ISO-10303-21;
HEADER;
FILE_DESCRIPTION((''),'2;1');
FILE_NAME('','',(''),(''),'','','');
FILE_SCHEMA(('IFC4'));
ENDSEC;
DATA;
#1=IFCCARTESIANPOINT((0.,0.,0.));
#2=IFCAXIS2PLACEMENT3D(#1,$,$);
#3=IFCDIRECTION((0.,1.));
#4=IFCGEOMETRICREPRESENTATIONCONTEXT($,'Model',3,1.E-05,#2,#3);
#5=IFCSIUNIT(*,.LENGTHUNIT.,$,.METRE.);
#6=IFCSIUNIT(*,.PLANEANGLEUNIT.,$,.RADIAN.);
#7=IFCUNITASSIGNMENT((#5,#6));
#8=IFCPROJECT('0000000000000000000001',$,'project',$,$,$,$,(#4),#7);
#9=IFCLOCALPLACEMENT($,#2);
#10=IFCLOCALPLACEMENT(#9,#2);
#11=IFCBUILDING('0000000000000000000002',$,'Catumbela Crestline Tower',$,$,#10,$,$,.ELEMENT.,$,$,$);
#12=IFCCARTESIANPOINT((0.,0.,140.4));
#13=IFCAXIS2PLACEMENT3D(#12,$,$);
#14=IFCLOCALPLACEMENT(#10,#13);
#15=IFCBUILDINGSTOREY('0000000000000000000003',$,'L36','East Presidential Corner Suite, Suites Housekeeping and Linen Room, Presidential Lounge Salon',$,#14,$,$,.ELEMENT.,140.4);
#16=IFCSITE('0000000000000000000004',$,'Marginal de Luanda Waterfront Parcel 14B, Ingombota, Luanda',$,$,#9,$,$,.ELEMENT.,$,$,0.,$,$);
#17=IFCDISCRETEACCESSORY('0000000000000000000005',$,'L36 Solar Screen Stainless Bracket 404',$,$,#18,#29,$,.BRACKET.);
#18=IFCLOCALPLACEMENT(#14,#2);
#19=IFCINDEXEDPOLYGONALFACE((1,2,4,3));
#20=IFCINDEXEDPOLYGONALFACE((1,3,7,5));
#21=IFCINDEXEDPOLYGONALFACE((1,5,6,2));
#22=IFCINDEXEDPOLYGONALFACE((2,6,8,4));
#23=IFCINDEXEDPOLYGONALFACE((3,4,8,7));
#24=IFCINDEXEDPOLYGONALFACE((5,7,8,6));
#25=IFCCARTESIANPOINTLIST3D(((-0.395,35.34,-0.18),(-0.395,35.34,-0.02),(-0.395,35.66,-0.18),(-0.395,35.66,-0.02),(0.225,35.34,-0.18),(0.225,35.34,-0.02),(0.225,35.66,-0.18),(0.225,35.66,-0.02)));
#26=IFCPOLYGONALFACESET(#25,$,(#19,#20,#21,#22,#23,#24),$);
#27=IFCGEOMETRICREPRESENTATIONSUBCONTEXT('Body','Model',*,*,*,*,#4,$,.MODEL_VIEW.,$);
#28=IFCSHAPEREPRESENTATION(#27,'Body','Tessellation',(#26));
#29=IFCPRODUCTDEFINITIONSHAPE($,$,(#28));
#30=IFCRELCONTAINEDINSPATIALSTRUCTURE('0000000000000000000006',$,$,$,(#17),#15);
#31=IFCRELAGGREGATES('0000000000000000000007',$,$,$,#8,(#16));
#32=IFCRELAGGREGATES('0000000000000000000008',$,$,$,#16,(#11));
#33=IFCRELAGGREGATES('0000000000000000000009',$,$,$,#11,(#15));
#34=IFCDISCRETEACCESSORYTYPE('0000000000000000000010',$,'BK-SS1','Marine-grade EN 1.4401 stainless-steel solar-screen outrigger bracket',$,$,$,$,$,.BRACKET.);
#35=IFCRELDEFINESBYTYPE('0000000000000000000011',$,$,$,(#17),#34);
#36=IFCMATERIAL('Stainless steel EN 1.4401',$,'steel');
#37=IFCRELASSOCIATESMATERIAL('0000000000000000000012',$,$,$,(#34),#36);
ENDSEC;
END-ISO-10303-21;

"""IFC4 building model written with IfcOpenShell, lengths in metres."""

from ifc_helpers import new_model, si_unit, direction, frame, origin, origin_2d, place, context, subcontext, project, spatial, rectangle, extrude, material, type_object, element, save


model = new_model("IFC4")

# Units and contexts
model_context = context("Model", 3, precision=1e-05, world=origin(), true_north=direction((0.0, 1.0)))
body_context = subcontext(model_context, "Body", "Model", "MODEL_VIEW")
ifc_project = project(units=[si_unit("LENGTHUNIT", "METRE"), si_unit("PLANEANGLEUNIT", "RADIAN")], contexts=[model_context])

# Site, building, storey
site_placement = place(None, origin())
site = spatial("IfcSite", under=ifc_project, at=site_placement, Name="Marginal de Luanda Waterfront Parcel 14B, Ingombota, Luanda", CompositionType="ELEMENT", RefElevation=0.0)
building_placement = place(site_placement, origin())
building = spatial("IfcBuilding", under=site, at=building_placement, Name="Catumbela Crestline Tower", CompositionType="ELEMENT")
storey_placement = place(building_placement, frame((0.0, 0.0, 140.4)))
storey = spatial("IfcBuildingStorey", under=building, at=storey_placement, Name="L36", Description="East Presidential Corner Suite, Suites Housekeeping and Linen Room, Presidential Lounge Salon", CompositionType="ELEMENT", Elevation=140.4)

# Discrete accessory
ifc_material_1 = material(Name="Stainless steel EN 1.4401", Category="steel")
discrete_accessory_type = type_object("IfcDiscreteAccessoryType", Name="BK-SS1", Description="Marine-grade EN 1.4401 stainless-steel solar-screen outrigger bracket", PredefinedType="BRACKET", material=ifc_material_1)
discrete_accessory_placement = place(storey_placement, frame((-0.085, 35.5, -0.18), z_axis=(0.0, 0.0, 1.0), x_axis=(0.0, -1.0, 0.0)))
element("IfcDiscreteAccessory", 1, at=discrete_accessory_placement, inside=storey, type_object=discrete_accessory_type, Name="L36 Solar Screen Stainless Bracket 404", PredefinedType="BRACKET", context=body_context, shape_type="SweptSolid", body=[
    extrude(rectangle(XDim=0.32, YDim=0.62, at=origin_2d()), origin(), (0.0, 0.0, 1.0), 0.16),
])

save(model, "model.ifc")
